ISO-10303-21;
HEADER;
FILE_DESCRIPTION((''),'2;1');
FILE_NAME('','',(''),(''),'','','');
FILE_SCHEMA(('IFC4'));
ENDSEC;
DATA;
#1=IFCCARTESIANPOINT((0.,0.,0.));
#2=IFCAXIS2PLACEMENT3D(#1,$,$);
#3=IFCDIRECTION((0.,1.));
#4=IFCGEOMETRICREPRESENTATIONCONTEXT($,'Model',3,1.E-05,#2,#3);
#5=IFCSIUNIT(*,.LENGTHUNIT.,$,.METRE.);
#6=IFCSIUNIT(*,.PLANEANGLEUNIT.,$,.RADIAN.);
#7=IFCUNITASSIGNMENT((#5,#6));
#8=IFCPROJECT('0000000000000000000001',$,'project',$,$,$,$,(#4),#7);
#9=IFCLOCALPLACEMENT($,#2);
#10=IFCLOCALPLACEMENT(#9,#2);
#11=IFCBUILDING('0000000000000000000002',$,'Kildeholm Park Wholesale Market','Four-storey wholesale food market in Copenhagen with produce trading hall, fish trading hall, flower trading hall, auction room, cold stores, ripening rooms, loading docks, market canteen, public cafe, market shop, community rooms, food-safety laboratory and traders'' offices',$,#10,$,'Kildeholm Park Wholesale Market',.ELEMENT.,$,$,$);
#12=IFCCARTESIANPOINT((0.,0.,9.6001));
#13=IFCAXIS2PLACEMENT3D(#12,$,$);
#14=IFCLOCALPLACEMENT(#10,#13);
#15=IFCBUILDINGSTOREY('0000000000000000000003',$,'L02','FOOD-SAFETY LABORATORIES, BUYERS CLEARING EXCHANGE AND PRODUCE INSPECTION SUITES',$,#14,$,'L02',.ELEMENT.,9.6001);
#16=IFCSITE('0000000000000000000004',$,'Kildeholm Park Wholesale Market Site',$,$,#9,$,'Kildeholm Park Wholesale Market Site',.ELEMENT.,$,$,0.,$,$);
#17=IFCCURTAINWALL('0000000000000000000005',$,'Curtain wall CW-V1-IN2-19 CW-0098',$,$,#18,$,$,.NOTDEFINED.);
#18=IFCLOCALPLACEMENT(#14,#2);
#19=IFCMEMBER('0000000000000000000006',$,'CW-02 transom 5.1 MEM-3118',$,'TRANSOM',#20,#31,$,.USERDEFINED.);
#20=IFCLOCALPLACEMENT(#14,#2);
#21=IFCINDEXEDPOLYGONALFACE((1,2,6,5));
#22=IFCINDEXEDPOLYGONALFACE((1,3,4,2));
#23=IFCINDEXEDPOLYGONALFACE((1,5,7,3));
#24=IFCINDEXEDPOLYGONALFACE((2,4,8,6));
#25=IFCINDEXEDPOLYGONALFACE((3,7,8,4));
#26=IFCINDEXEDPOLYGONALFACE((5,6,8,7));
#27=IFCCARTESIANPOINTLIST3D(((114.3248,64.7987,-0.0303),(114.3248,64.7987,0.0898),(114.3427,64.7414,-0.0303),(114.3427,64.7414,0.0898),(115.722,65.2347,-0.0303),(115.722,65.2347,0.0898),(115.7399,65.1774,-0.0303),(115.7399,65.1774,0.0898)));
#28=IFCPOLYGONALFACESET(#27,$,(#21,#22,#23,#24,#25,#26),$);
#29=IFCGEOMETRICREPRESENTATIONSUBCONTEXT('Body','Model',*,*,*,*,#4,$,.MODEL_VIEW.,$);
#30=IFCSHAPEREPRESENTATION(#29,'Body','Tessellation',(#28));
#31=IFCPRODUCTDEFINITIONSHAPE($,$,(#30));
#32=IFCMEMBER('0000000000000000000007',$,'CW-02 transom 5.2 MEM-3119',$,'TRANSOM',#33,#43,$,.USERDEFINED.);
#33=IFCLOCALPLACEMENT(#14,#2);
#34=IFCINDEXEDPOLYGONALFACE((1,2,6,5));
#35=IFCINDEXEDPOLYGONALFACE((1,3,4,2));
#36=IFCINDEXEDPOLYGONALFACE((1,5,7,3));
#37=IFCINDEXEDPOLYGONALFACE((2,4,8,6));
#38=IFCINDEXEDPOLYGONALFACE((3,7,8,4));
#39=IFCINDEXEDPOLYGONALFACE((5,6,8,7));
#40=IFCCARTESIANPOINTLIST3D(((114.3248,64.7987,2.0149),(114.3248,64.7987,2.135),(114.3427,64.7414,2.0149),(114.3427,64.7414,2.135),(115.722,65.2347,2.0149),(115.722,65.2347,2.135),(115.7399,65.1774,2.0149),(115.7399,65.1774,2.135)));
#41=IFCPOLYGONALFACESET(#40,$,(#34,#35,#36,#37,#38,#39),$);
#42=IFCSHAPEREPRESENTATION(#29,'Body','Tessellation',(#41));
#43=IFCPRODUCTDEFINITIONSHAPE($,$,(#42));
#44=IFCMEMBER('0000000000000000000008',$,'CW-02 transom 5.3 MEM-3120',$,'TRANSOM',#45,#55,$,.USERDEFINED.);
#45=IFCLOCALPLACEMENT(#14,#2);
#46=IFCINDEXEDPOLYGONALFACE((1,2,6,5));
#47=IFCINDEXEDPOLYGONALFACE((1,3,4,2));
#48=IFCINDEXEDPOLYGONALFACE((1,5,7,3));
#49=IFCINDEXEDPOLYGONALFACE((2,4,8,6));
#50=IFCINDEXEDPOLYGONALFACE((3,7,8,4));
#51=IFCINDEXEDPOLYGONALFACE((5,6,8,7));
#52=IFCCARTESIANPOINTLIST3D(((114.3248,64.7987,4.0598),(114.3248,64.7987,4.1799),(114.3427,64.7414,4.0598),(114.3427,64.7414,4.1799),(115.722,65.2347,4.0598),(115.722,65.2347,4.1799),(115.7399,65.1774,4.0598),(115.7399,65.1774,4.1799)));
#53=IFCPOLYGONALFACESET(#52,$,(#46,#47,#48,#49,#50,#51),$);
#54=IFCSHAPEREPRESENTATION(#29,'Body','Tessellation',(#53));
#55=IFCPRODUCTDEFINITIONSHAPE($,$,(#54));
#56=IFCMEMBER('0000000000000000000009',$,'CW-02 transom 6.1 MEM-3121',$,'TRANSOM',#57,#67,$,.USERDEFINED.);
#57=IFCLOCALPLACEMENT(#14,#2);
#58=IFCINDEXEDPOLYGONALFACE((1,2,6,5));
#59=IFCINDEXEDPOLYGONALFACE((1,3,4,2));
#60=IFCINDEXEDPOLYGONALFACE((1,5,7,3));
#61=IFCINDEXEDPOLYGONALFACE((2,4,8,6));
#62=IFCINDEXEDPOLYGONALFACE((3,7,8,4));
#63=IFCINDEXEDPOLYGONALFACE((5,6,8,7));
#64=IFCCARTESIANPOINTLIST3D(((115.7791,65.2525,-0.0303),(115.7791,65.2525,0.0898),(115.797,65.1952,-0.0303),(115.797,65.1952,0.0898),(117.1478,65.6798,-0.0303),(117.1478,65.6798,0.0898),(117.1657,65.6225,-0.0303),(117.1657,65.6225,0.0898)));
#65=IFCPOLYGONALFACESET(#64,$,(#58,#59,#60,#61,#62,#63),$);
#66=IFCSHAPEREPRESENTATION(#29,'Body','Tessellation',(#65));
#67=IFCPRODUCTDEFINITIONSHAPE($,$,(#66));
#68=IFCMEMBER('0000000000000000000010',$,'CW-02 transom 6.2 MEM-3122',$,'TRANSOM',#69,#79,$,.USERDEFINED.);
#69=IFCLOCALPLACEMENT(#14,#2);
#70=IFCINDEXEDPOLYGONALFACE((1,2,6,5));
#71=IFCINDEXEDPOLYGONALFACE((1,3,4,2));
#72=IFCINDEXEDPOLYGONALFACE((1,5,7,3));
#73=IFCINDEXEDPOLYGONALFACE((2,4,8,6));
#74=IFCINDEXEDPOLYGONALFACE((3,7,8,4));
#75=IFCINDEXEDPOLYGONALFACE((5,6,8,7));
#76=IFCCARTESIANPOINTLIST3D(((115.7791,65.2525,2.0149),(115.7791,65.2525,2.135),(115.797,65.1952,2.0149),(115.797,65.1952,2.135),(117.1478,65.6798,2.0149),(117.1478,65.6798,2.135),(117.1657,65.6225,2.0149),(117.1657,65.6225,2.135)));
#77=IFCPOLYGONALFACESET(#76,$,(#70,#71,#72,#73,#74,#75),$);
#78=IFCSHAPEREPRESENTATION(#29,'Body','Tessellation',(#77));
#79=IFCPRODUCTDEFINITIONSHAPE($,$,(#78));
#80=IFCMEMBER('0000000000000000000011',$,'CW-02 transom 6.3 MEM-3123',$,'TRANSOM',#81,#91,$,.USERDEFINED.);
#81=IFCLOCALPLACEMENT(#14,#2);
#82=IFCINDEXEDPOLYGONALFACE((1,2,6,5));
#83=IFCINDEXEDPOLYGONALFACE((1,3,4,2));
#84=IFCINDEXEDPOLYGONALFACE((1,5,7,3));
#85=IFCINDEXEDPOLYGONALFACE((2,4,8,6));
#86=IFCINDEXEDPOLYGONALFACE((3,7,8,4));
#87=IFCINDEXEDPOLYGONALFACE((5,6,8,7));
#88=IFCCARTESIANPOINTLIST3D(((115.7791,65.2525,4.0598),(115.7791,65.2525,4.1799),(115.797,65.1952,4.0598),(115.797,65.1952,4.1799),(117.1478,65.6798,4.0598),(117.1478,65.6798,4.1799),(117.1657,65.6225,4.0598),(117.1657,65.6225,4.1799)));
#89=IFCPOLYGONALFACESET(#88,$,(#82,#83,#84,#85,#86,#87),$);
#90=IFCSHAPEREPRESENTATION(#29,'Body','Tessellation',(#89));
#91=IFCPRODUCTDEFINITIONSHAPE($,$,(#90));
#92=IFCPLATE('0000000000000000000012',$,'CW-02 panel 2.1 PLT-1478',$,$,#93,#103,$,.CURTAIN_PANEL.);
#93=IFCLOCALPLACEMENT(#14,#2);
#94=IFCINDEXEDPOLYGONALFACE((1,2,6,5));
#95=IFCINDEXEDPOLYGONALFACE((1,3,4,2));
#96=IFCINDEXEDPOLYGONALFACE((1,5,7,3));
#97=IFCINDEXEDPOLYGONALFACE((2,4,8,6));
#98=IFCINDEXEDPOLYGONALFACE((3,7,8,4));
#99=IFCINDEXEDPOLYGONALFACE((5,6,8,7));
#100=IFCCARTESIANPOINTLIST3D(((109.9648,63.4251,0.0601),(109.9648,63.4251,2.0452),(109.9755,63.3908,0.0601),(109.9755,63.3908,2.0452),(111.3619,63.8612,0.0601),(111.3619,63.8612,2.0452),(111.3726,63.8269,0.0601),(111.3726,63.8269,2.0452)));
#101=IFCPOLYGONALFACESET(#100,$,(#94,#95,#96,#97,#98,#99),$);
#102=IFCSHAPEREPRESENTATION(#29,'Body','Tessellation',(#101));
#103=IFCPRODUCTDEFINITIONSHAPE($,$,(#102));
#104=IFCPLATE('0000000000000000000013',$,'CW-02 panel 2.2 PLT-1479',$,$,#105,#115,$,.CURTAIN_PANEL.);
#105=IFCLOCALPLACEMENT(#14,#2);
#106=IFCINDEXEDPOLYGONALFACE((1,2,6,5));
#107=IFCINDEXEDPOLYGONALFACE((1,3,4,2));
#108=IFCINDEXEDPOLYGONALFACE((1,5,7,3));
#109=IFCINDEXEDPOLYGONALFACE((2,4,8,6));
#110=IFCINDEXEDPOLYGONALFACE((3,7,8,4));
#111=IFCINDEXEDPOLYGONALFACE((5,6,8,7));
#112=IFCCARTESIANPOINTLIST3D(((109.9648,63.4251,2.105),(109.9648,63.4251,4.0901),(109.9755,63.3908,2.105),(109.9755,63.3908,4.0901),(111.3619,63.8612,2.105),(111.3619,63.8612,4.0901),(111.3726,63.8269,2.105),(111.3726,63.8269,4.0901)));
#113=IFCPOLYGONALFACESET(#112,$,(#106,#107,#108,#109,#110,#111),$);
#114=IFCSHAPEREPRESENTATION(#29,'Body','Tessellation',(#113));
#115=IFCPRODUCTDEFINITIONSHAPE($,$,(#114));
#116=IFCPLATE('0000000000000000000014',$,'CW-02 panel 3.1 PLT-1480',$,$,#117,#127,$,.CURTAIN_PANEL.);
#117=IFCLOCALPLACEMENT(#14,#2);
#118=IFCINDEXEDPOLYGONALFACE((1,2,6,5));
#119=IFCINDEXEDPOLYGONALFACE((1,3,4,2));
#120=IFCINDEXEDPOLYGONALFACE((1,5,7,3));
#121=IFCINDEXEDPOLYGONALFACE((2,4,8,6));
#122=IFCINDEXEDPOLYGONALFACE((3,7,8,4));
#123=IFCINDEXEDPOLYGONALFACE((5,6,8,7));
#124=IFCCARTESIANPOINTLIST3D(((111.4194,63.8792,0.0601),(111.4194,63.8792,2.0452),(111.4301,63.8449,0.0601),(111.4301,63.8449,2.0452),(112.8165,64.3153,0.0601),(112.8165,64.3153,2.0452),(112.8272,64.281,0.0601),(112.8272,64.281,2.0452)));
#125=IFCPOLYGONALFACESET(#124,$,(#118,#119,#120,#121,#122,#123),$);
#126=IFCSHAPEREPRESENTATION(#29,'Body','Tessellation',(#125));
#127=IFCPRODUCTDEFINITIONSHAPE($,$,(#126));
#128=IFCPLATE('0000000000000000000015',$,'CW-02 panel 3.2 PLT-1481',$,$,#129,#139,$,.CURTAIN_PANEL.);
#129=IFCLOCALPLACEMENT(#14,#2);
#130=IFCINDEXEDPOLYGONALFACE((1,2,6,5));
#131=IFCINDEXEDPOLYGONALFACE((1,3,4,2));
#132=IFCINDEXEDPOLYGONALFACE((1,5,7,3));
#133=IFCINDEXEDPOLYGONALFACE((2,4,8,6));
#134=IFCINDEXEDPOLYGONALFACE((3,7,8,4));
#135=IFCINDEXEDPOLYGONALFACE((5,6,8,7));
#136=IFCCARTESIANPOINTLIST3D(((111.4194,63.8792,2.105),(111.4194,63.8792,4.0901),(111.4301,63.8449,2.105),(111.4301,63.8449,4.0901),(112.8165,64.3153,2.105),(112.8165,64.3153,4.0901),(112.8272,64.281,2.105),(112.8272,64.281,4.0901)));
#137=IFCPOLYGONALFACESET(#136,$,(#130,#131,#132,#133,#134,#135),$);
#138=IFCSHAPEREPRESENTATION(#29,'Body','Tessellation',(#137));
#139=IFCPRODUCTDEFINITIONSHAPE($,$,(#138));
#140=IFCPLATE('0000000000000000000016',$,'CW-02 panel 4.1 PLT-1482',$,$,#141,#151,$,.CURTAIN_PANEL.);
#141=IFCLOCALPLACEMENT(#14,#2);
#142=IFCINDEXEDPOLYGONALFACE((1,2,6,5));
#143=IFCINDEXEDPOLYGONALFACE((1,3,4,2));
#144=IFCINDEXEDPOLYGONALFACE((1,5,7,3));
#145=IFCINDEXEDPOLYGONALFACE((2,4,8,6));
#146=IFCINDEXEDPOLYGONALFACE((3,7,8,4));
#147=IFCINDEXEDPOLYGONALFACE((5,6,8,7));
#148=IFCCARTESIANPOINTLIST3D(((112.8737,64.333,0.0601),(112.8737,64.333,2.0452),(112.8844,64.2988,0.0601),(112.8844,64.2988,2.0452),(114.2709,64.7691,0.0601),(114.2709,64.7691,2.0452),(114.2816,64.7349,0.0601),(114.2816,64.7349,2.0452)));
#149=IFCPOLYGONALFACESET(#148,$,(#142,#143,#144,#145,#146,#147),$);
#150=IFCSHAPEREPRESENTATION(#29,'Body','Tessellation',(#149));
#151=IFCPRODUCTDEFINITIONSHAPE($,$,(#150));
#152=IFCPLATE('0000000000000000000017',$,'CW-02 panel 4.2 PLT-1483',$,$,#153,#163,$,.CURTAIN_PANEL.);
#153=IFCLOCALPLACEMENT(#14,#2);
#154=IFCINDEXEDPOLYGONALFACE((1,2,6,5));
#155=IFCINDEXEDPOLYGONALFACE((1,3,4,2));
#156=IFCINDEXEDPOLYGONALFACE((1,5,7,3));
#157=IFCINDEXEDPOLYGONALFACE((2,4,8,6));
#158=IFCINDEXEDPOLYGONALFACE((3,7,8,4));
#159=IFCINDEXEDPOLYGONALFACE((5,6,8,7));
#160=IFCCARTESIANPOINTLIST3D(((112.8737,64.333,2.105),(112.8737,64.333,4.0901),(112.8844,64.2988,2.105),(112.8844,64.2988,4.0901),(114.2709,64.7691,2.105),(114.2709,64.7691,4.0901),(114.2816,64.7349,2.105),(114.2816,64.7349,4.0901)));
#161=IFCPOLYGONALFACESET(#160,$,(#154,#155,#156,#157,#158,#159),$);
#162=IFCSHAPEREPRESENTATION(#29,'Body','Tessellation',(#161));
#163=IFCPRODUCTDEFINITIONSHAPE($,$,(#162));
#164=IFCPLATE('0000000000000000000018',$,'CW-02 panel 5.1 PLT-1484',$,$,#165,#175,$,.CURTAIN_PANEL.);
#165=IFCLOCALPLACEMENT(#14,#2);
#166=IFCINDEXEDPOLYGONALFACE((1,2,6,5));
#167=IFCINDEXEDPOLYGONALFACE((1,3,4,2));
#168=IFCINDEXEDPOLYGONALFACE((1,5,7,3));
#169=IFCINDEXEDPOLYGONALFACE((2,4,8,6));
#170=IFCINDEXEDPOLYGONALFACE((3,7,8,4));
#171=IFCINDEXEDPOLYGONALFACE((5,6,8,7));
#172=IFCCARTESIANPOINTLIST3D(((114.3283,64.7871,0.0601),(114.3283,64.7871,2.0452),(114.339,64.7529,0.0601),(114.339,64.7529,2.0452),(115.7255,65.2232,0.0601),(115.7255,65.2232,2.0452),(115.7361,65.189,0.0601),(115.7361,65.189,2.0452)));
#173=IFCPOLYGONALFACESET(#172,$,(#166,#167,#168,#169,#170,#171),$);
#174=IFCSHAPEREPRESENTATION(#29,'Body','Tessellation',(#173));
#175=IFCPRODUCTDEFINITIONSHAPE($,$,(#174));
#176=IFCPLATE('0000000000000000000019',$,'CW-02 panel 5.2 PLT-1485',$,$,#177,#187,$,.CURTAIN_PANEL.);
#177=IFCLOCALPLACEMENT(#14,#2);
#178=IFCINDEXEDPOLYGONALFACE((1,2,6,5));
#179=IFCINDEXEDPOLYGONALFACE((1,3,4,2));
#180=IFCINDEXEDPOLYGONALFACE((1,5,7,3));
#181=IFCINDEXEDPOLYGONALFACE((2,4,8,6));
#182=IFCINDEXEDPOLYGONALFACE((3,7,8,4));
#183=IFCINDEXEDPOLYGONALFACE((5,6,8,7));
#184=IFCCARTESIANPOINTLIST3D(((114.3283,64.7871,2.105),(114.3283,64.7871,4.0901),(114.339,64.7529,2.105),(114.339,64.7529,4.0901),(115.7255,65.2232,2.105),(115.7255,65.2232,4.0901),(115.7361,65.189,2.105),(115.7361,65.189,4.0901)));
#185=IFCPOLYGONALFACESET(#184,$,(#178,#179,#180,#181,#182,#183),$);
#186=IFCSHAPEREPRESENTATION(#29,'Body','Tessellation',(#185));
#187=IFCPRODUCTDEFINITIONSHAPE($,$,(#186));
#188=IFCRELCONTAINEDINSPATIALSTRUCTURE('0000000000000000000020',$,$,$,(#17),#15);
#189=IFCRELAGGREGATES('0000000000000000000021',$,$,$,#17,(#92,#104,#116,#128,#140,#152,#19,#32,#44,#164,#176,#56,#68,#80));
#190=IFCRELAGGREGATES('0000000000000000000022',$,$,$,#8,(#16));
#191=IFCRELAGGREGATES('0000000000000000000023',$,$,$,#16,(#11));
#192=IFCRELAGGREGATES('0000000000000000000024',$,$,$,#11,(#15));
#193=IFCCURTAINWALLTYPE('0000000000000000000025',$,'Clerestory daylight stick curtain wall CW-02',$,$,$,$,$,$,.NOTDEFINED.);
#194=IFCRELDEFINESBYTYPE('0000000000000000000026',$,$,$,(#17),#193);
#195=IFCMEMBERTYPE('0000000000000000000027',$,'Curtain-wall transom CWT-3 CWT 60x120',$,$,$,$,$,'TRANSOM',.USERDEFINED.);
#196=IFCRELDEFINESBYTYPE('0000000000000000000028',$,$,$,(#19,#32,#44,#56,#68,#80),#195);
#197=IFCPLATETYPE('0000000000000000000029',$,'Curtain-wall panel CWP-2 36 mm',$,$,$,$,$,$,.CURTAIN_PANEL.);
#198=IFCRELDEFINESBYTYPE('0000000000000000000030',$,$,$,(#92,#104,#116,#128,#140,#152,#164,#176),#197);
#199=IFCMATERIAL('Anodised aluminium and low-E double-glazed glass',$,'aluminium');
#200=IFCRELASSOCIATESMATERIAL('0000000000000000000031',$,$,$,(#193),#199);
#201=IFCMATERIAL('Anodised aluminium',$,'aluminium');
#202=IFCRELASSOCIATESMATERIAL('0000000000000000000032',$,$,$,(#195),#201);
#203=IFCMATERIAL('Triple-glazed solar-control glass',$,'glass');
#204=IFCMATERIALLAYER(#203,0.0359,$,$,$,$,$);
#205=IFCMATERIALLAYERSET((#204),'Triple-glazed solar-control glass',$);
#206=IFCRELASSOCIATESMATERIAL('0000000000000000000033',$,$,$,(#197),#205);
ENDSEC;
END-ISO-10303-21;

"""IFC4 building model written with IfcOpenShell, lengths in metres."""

from ifc_helpers import new_model, si_unit, direction, frame, origin, origin_2d, place, context, subcontext, project, spatial, rectangle, extrude, material, layer, layer_set, material_profile, profile_set, type_object, element, aggregate, save


model = new_model("IFC4")

# Units and contexts
model_context = context("Model", 3, precision=1e-05, world=origin(), true_north=direction((0.0, 1.0)))
body_context = subcontext(model_context, "Body", "Model", "MODEL_VIEW")
ifc_project = project(units=[si_unit("LENGTHUNIT", "METRE"), si_unit("PLANEANGLEUNIT", "RADIAN")], contexts=[model_context])

# Site, building, storey
site_placement = place(None, origin())
site = spatial("IfcSite", under=ifc_project, at=site_placement, Name="Kildeholm Park Wholesale Market Site", LongName="Kildeholm Park Wholesale Market Site", CompositionType="ELEMENT", RefElevation=0.0)
building_placement = place(site_placement, origin())
building = spatial("IfcBuilding", under=site, at=building_placement, Name="Kildeholm Park Wholesale Market", Description="Four-storey wholesale food market in Copenhagen with produce trading hall, fish trading hall, flower trading hall, auction room, cold stores, ripening rooms, loading docks, market canteen, public cafe, market shop, community rooms, food-safety laboratory and traders' offices", LongName="Kildeholm Park Wholesale Market", CompositionType="ELEMENT")
storey_placement = place(building_placement, frame((0.0, 0.0, 9.6001)))
storey = spatial("IfcBuildingStorey", under=building, at=storey_placement, Name="L02", Description="FOOD-SAFETY LABORATORIES, BUYERS CLEARING EXCHANGE AND PRODUCE INSPECTION SUITES", LongName="L02", CompositionType="ELEMENT", Elevation=9.6001)

# Curtain wall, members, plates
ifc_material_1 = material(Name="Anodised aluminium and low-E double-glazed glass", Category="aluminium")
curtain_wall_type = type_object("IfcCurtainWallType", Name="Clerestory daylight stick curtain wall CW-02", PredefinedType="NOTDEFINED", material=ifc_material_1)
curtain_wall_placement = place(storey_placement, origin())
curtain_wall = element("IfcCurtainWall", 1, at=curtain_wall_placement, inside=storey, type_object=curtain_wall_type, Name="Curtain wall CW-V1-IN2-19 CW-0098", PredefinedType="NOTDEFINED")
ifc_material_2 = material(Name="Anodised aluminium", Category="aluminium")
ifc_material_profile_1 = material_profile(ifc_material_2, rectangle(XDim=0.0601, YDim=0.1201, at=origin_2d()), Name="CWT 60x120")
ifc_profile_set_1 = profile_set([ifc_material_profile_1], Name="Anodised aluminium")
member_type_1 = type_object("IfcMemberType", Name="Curtain-wall transom CWT-3 CWT 60x120", ElementType="TRANSOM", PredefinedType="USERDEFINED", material=ifc_profile_set_1)
member_1_placement = place(storey_placement, frame((114.3337, 64.77, 0.0298), z_axis=(0.954596, 0.297905, 0.0), x_axis=(-0.297905, 0.954596, 0.0)))
member_1 = element("IfcMember", 2, at=member_1_placement, type_object=member_type_1, Name="CW-02 transom 5.1 MEM-3118", ObjectType="TRANSOM", PredefinedType="USERDEFINED", context=body_context, shape_type="SweptSolid", body=[
    extrude(rectangle(XDim=0.0601, YDim=0.1201, at=origin_2d()), origin(), (0.0, 0.0, 1.0), 1.4636),
])
member_2_placement = place(storey_placement, frame((114.3337, 64.77, 2.075), z_axis=(0.954596, 0.297905, 0.0), x_axis=(-0.297905, 0.954596, 0.0)))
member_2 = element("IfcMember", 3, at=member_2_placement, type_object=member_type_1, Name="CW-02 transom 5.2 MEM-3119", ObjectType="TRANSOM", PredefinedType="USERDEFINED", context=body_context, shape_type="SweptSolid", body=[
    extrude(rectangle(XDim=0.0601, YDim=0.1201, at=origin_2d()), origin(), (0.0, 0.0, 1.0), 1.4636),
])
member_3_placement = place(storey_placement, frame((114.3337, 64.77, 4.1199), z_axis=(0.954596, 0.297905, 0.0), x_axis=(-0.297905, 0.954596, 0.0)))
member_3 = element("IfcMember", 4, at=member_3_placement, type_object=member_type_1, Name="CW-02 transom 5.3 MEM-3120", ObjectType="TRANSOM", PredefinedType="USERDEFINED", context=body_context, shape_type="SweptSolid", body=[
    extrude(rectangle(XDim=0.0601, YDim=0.1201, at=origin_2d()), origin(), (0.0, 0.0, 1.0), 1.4636),
])
member_4_placement = place(storey_placement, frame((115.7881, 65.2239, 0.0298), z_axis=(0.954571, 0.297984, 0.0), x_axis=(-0.297984, 0.954571, 0.0)))
member_4 = element("IfcMember", 5, at=member_4_placement, type_object=member_type_1, Name="CW-02 transom 6.1 MEM-3121", ObjectType="TRANSOM", PredefinedType="USERDEFINED", context=body_context, shape_type="SweptSolid", body=[
    extrude(rectangle(XDim=0.0601, YDim=0.1201, at=origin_2d()), origin(), (0.0, 0.0, 1.0), 1.4338),
])
member_5_placement = place(storey_placement, frame((115.7881, 65.2239, 2.075), z_axis=(0.954571, 0.297984, 0.0), x_axis=(-0.297984, 0.954571, 0.0)))
member_5 = element("IfcMember", 6, at=member_5_placement, type_object=member_type_1, Name="CW-02 transom 6.2 MEM-3122", ObjectType="TRANSOM", PredefinedType="USERDEFINED", context=body_context, shape_type="SweptSolid", body=[
    extrude(rectangle(XDim=0.0601, YDim=0.1201, at=origin_2d()), origin(), (0.0, 0.0, 1.0), 1.4338),
])
member_6_placement = place(storey_placement, frame((115.7881, 65.2239, 4.1199), z_axis=(0.954571, 0.297984, 0.0), x_axis=(-0.297984, 0.954571, 0.0)))
member_6 = element("IfcMember", 7, at=member_6_placement, type_object=member_type_1, Name="CW-02 transom 6.3 MEM-3123", ObjectType="TRANSOM", PredefinedType="USERDEFINED", context=body_context, shape_type="SweptSolid", body=[
    extrude(rectangle(XDim=0.0601, YDim=0.1201, at=origin_2d()), origin(), (0.0, 0.0, 1.0), 1.4338),
])
ifc_material_3 = material(Name="Triple-glazed solar-control glass", Category="glass")
ifc_layer = layer(ifc_material_3, 0.0359)
ifc_layer_set = layer_set([ifc_layer], Name="Triple-glazed solar-control glass")
plate_type = type_object("IfcPlateType", Name="Curtain-wall panel CWP-2 36 mm", PredefinedType="CURTAIN_PANEL", material=ifc_layer_set)
plate_1_placement = place(storey_placement, frame((110.6687, 63.626, 0.0601), z_axis=(0.0, 0.0, 1.0), x_axis=(0.954579, 0.297957, 0.0)))
plate_1 = element("IfcPlate", 8, at=plate_1_placement, type_object=plate_type, Name="CW-02 panel 2.1 PLT-1478", PredefinedType="CURTAIN_PANEL", context=body_context, shape_type="SweptSolid", body=[
    extrude(rectangle(XDim=1.4636, YDim=0.0359, at=origin_2d()), origin(), (0.0, 0.0, 1.0), 1.9851),
])
plate_2_placement = place(storey_placement, frame((110.6687, 63.626, 2.105), z_axis=(0.0, 0.0, 1.0), x_axis=(0.954579, 0.297957, 0.0)))
plate_2 = element("IfcPlate", 9, at=plate_2_placement, type_object=plate_type, Name="CW-02 panel 2.2 PLT-1479", PredefinedType="CURTAIN_PANEL", context=body_context, shape_type="SweptSolid", body=[
    extrude(rectangle(XDim=1.4636, YDim=0.0359, at=origin_2d()), origin(), (0.0, 0.0, 1.0), 1.9851),
])
plate_3_placement = place(storey_placement, frame((112.1233, 64.0801, 0.0601), z_axis=(0.0, 0.0, 1.0), x_axis=(0.954579, 0.297957, 0.0)))
plate_3 = element("IfcPlate", 10, at=plate_3_placement, type_object=plate_type, Name="CW-02 panel 3.1 PLT-1480", PredefinedType="CURTAIN_PANEL", context=body_context, shape_type="SweptSolid", body=[
    extrude(rectangle(XDim=1.4636, YDim=0.0359, at=origin_2d()), origin(), (0.0, 0.0, 1.0), 1.9851),
])
plate_4_placement = place(storey_placement, frame((112.1233, 64.0801, 2.105), z_axis=(0.0, 0.0, 1.0), x_axis=(0.954579, 0.297957, 0.0)))
plate_4 = element("IfcPlate", 11, at=plate_4_placement, type_object=plate_type, Name="CW-02 panel 3.2 PLT-1481", PredefinedType="CURTAIN_PANEL", context=body_context, shape_type="SweptSolid", body=[
    extrude(rectangle(XDim=1.4636, YDim=0.0359, at=origin_2d()), origin(), (0.0, 0.0, 1.0), 1.9851),
])
plate_5_placement = place(storey_placement, frame((113.5776, 64.5339, 0.0601), z_axis=(0.0, 0.0, 1.0), x_axis=(0.954579, 0.297957, 0.0)))
plate_5 = element("IfcPlate", 12, at=plate_5_placement, type_object=plate_type, Name="CW-02 panel 4.1 PLT-1482", PredefinedType="CURTAIN_PANEL", context=body_context, shape_type="SweptSolid", body=[
    extrude(rectangle(XDim=1.4636, YDim=0.0359, at=origin_2d()), origin(), (0.0, 0.0, 1.0), 1.9851),
])
plate_6_placement = place(storey_placement, frame((113.5776, 64.5339, 2.105), z_axis=(0.0, 0.0, 1.0), x_axis=(0.954579, 0.297957, 0.0)))
plate_6 = element("IfcPlate", 13, at=plate_6_placement, type_object=plate_type, Name="CW-02 panel 4.2 PLT-1483", PredefinedType="CURTAIN_PANEL", context=body_context, shape_type="SweptSolid", body=[
    extrude(rectangle(XDim=1.4636, YDim=0.0359, at=origin_2d()), origin(), (0.0, 0.0, 1.0), 1.9851),
])
plate_7_placement = place(storey_placement, frame((115.0322, 64.988, 0.0601), z_axis=(0.0, 0.0, 1.0), x_axis=(0.954579, 0.297957, 0.0)))
plate_7 = element("IfcPlate", 14, at=plate_7_placement, type_object=plate_type, Name="CW-02 panel 5.1 PLT-1484", PredefinedType="CURTAIN_PANEL", context=body_context, shape_type="SweptSolid", body=[
    extrude(rectangle(XDim=1.4636, YDim=0.0359, at=origin_2d()), origin(), (0.0, 0.0, 1.0), 1.9851),
])
plate_8_placement = place(storey_placement, frame((115.0322, 64.988, 2.105), z_axis=(0.0, 0.0, 1.0), x_axis=(0.954579, 0.297957, 0.0)))
plate_8 = element("IfcPlate", 15, at=plate_8_placement, type_object=plate_type, Name="CW-02 panel 5.2 PLT-1485", PredefinedType="CURTAIN_PANEL", context=body_context, shape_type="SweptSolid", body=[
    extrude(rectangle(XDim=1.4636, YDim=0.0359, at=origin_2d()), origin(), (0.0, 0.0, 1.0), 1.9851),
])
aggregate(curtain_wall, [plate_1, plate_2, plate_3, plate_4, plate_5, plate_6, member_1, member_2, member_3, plate_7, plate_8, member_4, member_5, member_6])

save(model, "model.ifc")
